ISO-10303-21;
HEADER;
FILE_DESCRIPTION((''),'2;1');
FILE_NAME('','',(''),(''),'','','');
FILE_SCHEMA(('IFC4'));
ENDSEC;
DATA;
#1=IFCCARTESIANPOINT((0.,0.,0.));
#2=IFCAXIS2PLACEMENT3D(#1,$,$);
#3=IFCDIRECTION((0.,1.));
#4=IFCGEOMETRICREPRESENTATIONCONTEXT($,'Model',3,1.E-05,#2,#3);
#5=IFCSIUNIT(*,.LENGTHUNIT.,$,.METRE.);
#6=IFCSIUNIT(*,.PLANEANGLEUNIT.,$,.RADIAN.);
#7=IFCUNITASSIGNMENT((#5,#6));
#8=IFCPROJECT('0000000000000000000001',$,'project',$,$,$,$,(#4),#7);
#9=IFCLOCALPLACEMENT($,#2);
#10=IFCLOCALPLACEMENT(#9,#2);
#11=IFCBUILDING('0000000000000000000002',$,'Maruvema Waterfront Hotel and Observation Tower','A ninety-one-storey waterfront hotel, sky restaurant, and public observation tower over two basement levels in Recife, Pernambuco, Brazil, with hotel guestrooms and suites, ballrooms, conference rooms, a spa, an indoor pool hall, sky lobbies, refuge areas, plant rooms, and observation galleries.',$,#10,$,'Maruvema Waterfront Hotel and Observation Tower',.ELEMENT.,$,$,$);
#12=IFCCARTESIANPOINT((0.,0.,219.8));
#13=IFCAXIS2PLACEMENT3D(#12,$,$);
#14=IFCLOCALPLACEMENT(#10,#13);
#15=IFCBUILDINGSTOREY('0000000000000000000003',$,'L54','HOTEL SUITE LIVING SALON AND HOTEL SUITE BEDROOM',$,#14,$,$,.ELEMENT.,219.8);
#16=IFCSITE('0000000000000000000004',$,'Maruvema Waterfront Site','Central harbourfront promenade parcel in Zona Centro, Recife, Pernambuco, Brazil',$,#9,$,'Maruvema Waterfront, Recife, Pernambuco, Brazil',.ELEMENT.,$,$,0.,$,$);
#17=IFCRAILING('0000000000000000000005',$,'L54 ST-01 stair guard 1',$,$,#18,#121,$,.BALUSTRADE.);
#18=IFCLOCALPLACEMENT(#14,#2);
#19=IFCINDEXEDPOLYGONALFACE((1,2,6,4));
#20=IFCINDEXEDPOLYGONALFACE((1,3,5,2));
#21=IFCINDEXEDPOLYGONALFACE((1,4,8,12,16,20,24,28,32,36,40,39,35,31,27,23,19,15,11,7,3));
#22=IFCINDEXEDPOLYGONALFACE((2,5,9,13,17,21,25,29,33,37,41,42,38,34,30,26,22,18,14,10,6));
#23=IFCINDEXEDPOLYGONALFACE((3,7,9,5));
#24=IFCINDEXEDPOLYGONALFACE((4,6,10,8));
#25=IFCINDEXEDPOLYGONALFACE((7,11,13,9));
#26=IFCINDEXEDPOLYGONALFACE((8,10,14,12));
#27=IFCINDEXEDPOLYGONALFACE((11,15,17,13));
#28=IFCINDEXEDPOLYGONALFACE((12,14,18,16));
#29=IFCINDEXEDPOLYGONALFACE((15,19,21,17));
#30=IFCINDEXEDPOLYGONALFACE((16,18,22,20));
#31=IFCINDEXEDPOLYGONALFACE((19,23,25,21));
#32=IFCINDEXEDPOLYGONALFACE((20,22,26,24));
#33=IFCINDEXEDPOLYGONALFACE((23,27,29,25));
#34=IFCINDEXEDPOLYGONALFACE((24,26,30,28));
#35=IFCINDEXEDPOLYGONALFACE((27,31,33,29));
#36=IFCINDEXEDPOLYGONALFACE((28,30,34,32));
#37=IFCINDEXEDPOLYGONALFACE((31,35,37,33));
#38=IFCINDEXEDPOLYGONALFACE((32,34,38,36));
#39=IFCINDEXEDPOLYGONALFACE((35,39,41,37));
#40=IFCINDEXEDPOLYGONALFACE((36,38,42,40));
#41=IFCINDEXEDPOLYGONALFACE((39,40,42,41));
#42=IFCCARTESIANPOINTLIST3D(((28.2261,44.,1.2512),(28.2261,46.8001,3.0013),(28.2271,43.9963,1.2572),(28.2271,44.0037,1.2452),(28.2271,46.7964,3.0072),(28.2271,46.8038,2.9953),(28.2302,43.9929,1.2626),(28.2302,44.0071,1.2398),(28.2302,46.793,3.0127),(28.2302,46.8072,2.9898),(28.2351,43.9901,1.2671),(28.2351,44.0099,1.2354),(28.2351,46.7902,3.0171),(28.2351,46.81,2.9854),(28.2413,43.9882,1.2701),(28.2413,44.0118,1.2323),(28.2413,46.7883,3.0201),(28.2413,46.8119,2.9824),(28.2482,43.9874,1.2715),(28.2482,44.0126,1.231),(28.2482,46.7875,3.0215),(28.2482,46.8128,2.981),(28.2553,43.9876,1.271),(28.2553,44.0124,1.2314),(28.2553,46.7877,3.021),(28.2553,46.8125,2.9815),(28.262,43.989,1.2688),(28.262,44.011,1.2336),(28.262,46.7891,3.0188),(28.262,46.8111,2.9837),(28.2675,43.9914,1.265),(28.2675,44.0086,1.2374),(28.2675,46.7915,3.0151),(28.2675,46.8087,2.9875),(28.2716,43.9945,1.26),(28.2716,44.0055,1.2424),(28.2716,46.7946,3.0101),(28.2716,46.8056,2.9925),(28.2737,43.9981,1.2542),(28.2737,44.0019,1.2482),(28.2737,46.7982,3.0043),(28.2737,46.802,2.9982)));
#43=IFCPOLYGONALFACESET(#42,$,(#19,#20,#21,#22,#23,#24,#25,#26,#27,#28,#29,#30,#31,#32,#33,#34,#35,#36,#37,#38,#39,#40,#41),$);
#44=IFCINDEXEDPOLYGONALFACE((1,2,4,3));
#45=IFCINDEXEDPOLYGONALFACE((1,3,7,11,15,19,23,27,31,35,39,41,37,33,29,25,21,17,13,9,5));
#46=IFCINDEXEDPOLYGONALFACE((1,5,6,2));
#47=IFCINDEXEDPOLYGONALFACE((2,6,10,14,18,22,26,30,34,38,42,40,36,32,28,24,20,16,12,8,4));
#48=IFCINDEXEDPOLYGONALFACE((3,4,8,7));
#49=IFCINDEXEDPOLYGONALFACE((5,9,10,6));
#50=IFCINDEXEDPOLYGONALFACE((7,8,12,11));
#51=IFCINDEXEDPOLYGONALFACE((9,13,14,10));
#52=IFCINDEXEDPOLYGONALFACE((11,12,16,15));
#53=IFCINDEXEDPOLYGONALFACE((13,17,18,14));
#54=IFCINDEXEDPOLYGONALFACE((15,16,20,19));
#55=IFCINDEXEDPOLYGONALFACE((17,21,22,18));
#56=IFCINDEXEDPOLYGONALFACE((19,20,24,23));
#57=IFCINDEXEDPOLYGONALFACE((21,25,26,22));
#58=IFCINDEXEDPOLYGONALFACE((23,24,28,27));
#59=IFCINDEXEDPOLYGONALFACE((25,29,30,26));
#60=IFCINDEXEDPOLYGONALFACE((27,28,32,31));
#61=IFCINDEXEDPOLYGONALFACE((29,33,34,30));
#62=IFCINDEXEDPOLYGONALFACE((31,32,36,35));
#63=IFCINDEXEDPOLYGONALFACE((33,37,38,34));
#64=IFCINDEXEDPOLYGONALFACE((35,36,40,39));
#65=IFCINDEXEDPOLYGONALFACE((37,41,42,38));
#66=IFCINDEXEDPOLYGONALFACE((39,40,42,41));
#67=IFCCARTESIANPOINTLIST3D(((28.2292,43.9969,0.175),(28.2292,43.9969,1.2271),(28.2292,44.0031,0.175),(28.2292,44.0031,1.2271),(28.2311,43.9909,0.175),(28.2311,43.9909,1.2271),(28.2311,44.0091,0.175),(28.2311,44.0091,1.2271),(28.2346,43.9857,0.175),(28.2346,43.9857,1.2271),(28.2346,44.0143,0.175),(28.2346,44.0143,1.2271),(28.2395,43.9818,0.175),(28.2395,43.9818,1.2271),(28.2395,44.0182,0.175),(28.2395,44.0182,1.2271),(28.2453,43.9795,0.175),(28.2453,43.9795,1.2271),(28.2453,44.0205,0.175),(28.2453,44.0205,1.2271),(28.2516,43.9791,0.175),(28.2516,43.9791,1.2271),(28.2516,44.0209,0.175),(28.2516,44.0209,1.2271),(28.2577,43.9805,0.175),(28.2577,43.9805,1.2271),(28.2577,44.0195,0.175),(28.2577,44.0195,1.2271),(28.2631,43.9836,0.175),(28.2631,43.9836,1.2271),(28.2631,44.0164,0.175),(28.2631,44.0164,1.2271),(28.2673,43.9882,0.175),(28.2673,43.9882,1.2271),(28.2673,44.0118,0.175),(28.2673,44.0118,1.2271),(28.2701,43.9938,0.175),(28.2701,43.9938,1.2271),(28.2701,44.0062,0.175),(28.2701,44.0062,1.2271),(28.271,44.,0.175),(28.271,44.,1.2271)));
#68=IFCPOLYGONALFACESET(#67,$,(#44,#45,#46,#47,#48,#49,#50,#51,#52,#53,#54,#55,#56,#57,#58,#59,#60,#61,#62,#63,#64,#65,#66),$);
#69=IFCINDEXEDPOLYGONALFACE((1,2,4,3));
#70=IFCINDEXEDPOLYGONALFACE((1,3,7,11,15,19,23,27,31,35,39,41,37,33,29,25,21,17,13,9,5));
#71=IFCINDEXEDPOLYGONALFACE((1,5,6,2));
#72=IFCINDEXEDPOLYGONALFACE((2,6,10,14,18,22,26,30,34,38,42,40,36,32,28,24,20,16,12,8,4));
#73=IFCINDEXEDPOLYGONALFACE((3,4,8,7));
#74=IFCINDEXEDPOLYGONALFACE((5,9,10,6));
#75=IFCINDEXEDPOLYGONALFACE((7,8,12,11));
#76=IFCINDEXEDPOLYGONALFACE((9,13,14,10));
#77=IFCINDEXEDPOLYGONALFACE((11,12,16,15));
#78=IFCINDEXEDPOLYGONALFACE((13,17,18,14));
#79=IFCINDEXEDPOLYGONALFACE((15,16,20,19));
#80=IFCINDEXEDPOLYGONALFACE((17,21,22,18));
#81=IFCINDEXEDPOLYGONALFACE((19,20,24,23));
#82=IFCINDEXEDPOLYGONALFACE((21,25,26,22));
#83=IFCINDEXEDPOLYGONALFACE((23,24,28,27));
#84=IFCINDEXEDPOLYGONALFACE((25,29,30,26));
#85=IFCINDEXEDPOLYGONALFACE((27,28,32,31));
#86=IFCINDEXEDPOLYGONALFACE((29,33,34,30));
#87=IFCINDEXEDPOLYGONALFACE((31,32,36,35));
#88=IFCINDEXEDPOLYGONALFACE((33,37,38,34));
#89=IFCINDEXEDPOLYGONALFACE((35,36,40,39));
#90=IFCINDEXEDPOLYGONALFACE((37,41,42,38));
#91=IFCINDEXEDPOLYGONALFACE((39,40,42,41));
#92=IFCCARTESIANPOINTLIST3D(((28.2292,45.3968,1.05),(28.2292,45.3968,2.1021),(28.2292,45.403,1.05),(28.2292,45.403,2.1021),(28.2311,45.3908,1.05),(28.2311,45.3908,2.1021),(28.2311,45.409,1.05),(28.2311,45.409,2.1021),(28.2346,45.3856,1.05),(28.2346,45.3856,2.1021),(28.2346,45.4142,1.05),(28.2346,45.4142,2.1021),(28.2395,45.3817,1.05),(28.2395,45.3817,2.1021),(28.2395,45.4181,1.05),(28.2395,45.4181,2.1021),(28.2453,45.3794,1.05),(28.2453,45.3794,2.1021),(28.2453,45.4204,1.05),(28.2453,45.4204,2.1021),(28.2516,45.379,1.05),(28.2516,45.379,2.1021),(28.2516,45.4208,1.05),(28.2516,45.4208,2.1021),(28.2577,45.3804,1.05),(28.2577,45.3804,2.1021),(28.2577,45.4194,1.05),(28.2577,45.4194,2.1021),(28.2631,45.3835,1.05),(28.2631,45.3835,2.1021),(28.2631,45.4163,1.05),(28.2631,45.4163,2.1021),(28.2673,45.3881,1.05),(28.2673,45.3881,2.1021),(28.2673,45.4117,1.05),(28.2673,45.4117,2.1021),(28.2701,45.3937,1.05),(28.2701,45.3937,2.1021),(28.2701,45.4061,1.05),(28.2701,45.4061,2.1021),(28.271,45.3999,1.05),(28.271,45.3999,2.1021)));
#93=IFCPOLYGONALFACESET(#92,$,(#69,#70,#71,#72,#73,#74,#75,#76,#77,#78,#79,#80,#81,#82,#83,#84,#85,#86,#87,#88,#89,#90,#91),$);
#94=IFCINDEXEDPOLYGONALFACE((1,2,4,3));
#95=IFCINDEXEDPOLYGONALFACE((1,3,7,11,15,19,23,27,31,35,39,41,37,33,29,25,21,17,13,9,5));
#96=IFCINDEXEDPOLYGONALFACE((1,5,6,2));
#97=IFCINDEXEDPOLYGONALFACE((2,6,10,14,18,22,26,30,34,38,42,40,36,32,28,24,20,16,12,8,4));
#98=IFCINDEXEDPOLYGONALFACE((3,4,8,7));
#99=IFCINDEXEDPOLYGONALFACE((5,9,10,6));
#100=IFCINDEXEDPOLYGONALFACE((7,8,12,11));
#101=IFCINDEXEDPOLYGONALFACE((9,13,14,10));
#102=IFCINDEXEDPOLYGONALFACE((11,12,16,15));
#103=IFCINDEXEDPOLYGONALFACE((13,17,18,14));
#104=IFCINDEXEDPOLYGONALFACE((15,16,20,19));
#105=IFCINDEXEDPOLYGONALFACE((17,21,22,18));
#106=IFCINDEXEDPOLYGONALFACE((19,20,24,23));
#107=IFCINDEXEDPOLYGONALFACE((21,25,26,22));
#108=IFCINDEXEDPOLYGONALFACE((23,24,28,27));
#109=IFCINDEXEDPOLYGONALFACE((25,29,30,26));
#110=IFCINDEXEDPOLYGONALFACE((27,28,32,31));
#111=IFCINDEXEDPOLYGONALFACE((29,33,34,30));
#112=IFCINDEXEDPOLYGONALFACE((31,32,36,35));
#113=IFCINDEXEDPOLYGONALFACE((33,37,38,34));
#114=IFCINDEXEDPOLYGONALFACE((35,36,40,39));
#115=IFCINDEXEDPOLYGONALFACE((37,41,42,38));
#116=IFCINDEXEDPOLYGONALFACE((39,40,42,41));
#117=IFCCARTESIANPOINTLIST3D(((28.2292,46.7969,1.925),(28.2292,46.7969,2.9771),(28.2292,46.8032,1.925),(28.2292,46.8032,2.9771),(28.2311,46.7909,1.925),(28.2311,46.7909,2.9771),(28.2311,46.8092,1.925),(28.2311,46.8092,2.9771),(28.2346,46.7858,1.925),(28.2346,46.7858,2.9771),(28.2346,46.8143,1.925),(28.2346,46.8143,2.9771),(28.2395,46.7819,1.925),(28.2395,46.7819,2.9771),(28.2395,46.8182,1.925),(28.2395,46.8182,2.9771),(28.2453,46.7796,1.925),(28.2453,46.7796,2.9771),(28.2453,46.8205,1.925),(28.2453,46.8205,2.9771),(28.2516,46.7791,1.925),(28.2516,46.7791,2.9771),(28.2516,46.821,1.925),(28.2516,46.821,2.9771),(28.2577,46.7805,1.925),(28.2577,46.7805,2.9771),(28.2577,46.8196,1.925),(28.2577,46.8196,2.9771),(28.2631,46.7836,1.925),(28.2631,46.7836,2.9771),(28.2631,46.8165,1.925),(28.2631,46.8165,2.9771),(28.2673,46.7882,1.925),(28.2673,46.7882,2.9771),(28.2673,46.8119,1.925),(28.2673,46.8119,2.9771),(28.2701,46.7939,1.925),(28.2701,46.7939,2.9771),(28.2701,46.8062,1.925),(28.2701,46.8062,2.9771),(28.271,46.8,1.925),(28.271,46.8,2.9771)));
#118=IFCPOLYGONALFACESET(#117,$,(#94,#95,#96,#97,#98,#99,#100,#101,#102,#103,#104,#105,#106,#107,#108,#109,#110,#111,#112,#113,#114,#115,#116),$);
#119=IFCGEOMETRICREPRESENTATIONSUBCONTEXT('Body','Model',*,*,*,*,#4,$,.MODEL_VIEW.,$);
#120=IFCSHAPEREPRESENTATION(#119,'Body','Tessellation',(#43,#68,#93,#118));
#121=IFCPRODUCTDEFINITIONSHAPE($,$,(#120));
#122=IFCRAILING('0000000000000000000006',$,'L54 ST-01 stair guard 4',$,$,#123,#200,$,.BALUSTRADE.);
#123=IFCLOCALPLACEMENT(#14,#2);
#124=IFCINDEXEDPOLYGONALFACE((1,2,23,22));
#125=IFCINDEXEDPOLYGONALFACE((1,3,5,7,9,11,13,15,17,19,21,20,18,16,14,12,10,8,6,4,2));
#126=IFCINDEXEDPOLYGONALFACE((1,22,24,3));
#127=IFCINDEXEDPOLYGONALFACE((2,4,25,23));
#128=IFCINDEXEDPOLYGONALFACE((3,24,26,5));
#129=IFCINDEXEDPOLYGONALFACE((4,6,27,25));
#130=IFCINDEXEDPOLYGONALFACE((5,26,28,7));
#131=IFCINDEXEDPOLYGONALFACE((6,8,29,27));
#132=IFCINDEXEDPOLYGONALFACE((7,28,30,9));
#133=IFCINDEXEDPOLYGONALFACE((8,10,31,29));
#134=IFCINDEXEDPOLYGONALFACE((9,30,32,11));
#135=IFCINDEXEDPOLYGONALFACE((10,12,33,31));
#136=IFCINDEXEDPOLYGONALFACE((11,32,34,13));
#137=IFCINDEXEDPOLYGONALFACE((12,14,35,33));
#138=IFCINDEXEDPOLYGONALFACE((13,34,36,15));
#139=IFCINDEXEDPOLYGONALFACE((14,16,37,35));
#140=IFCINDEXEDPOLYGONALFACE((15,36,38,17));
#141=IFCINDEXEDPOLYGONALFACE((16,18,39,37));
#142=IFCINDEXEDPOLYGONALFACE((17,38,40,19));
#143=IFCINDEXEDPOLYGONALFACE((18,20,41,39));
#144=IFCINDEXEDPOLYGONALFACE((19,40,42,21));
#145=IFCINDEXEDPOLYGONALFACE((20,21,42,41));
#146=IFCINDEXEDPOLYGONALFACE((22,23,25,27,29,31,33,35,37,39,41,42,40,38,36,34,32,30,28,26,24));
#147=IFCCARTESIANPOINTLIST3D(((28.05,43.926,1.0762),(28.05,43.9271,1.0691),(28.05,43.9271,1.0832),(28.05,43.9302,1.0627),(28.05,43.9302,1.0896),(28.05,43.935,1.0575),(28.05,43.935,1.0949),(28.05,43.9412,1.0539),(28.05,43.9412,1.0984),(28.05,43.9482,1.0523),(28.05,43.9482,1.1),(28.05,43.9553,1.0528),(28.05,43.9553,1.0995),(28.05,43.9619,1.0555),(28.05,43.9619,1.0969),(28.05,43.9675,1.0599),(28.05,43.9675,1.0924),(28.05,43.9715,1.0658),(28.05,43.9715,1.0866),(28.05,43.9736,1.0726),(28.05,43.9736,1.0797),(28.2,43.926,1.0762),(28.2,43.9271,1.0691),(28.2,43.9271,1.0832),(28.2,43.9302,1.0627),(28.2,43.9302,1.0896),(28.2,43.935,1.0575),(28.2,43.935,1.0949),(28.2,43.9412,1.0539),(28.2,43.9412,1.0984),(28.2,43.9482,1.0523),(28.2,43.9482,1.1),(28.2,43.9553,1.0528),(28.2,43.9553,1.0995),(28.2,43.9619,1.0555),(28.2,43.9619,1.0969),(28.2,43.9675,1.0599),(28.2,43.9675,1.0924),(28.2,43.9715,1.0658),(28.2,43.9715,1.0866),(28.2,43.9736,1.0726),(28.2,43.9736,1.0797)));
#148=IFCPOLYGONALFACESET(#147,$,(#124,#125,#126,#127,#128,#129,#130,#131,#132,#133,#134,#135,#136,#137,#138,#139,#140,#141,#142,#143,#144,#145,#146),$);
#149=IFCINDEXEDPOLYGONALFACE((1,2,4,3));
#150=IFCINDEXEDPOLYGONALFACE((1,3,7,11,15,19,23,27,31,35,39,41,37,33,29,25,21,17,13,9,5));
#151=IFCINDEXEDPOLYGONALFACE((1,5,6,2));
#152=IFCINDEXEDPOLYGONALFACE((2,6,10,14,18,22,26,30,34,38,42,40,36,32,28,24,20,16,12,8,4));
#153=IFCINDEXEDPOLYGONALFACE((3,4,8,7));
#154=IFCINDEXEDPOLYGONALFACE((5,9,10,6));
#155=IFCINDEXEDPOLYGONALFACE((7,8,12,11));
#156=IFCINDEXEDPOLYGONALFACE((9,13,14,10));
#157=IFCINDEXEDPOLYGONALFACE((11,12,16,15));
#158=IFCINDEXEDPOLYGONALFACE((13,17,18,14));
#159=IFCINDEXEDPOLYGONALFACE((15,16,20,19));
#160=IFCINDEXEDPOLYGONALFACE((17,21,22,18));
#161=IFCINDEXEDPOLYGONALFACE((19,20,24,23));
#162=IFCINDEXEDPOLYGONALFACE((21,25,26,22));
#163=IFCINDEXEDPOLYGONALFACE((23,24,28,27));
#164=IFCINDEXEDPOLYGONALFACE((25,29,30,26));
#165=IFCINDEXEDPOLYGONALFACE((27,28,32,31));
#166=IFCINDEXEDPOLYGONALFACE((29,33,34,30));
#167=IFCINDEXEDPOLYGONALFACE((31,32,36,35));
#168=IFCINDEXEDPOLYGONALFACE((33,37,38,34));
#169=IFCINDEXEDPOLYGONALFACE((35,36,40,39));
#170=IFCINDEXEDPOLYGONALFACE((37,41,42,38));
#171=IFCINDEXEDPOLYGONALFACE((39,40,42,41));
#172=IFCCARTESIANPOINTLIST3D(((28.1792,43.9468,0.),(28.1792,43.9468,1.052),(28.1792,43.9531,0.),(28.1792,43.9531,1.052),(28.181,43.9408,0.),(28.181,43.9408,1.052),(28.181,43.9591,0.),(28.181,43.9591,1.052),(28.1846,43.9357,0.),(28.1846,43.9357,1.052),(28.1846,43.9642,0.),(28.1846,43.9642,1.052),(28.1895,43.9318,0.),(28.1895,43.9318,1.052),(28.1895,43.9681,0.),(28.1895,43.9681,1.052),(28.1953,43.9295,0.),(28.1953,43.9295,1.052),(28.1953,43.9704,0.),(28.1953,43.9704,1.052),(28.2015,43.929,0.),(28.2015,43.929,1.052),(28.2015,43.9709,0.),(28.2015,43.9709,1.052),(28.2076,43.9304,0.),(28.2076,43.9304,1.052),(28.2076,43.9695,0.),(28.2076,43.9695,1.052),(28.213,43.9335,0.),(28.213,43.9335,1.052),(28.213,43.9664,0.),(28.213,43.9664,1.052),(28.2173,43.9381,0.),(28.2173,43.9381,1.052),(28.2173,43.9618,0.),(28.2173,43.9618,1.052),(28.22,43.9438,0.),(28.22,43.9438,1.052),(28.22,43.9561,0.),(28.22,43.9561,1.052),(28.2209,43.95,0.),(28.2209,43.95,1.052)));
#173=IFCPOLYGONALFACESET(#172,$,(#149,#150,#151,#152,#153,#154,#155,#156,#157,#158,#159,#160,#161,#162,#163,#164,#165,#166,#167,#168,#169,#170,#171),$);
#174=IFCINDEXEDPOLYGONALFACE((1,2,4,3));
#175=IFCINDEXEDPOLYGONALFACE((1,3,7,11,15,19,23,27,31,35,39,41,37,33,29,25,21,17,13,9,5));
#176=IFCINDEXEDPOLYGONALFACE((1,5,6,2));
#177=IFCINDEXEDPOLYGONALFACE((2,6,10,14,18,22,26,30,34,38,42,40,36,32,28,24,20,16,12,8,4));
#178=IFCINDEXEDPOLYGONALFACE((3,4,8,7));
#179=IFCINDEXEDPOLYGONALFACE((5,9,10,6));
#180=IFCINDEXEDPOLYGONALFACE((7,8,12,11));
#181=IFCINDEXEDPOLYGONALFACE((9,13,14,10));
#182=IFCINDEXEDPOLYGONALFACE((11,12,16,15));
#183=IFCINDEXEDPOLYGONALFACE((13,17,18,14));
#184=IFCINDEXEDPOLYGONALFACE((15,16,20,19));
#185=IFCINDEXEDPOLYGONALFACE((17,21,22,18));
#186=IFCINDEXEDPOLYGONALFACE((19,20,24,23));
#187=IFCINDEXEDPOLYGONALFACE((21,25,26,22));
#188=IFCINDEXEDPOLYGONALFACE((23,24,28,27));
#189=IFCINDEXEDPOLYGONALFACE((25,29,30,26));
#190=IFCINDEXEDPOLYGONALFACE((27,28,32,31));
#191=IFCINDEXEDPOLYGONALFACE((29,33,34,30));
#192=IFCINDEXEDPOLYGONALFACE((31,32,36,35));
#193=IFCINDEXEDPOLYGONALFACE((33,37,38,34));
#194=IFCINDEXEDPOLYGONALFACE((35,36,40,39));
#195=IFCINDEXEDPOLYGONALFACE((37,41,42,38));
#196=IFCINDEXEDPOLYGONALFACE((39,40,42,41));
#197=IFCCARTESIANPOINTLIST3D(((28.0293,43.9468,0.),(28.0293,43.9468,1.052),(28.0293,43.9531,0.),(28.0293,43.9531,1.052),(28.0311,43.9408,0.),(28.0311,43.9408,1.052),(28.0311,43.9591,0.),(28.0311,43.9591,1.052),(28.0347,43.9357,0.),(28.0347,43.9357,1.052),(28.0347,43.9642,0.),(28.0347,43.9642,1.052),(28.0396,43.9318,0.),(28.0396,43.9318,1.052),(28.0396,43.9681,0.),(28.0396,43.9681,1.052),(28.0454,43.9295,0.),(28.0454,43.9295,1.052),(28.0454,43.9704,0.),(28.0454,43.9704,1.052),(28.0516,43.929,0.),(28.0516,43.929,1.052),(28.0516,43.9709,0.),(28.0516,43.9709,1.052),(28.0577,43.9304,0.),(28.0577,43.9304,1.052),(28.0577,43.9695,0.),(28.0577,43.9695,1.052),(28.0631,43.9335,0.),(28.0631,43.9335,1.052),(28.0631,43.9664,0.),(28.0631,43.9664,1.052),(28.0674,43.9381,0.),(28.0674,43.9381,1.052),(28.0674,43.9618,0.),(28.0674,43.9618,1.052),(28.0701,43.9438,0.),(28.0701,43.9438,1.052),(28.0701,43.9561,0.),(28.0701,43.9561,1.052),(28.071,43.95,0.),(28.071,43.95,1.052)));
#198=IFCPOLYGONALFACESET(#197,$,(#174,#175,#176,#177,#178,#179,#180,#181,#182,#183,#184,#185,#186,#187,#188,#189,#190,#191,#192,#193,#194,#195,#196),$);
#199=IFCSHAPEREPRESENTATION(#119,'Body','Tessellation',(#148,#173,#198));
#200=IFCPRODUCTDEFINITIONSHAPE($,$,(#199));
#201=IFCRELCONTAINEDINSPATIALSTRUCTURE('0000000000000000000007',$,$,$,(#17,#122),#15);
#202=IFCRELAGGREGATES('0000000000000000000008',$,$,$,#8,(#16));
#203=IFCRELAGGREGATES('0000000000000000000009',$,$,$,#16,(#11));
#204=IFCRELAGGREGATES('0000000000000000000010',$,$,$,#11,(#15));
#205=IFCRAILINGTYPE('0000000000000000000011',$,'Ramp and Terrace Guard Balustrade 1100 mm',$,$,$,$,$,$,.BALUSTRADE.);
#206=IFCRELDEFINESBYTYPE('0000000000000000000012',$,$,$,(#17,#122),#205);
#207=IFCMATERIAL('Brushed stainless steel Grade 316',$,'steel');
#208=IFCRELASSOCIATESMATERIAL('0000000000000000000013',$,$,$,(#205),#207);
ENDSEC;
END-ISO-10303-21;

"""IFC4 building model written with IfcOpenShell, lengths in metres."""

from ifc_helpers import new_model, si_unit, direction, frame, origin, origin_2d, place, context, subcontext, project, spatial, circle, extrude, material, type_object, element, save


model = new_model("IFC4")

# Units and contexts
model_context = context("Model", 3, precision=1e-05, world=origin(), true_north=direction((0.0, 1.0)))
body_context = subcontext(model_context, "Body", "Model", "MODEL_VIEW")
ifc_project = project(units=[si_unit("LENGTHUNIT", "METRE"), si_unit("PLANEANGLEUNIT", "RADIAN")], contexts=[model_context])

# Site, building, storey
site_placement = place(None, origin())
site = spatial("IfcSite", under=ifc_project, at=site_placement, Name="Maruvema Waterfront Site", Description="Central harbourfront promenade parcel in Zona Centro, Recife, Pernambuco, Brazil", LongName="Maruvema Waterfront, Recife, Pernambuco, Brazil", CompositionType="ELEMENT", RefElevation=0.0)
building_placement = place(site_placement, origin())
building = spatial("IfcBuilding", under=site, at=building_placement, Name="Maruvema Waterfront Hotel and Observation Tower", Description="A ninety-one-storey waterfront hotel, sky restaurant, and public observation tower over two basement levels in Recife, Pernambuco, Brazil, with hotel guestrooms and suites, ballrooms, conference rooms, a spa, an indoor pool hall, sky lobbies, refuge areas, plant rooms, and observation galleries.", LongName="Maruvema Waterfront Hotel and Observation Tower", CompositionType="ELEMENT")
storey_placement = place(building_placement, frame((0.0, 0.0, 219.8)))
storey = spatial("IfcBuildingStorey", under=building, at=storey_placement, Name="L54", Description="HOTEL SUITE LIVING SALON AND HOTEL SUITE BEDROOM", CompositionType="ELEMENT", Elevation=219.8)

# Railings
ifc_material_1 = material(Name="Brushed stainless steel Grade 316", Category="steel")
railing_type_1 = type_object("IfcRailingType", Name="Ramp and Terrace Guard Balustrade 1100 mm", PredefinedType="BALUSTRADE", material=ifc_material_1)
railing_1_placement = place(storey_placement, frame((28.25, 44.0, 0.175)))
element("IfcRailing", 1, at=railing_1_placement, inside=storey, type_object=railing_type_1, Name="L54 ST-01 stair guard 1", PredefinedType="BALUSTRADE", context=body_context, shape_type="SweptSolid", body=[
    extrude(circle(Radius=0.0239, at=origin_2d()), frame((0.0, 0.0, 1.0762), z_axis=(0.0, 0.848002, 0.529992), x_axis=(-1.0, 0.0, 0.0)), (0.0, 0.0, 1.0), 3.302),
    extrude(circle(Radius=0.021, at=origin_2d()), origin(), (0.0, 0.0, 1.0), 1.052),
    extrude(circle(Radius=0.021, at=origin_2d()), frame((0.0, 1.3999, 0.875)), (0.0, 0.0, 1.0), 1.052),
    extrude(circle(Radius=0.021, at=origin_2d()), frame((0.0, 2.8, 1.75)), (0.0, 0.0, 1.0), 1.052),
])
railing_2_placement = place(storey_placement, frame((28.2, 43.95, 0.0)))
element("IfcRailing", 2, at=railing_2_placement, inside=storey, type_object=railing_type_1, Name="L54 ST-01 stair guard 4", PredefinedType="BALUSTRADE", context=body_context, shape_type="SweptSolid", body=[
    extrude(circle(Radius=0.0239, at=origin_2d()), frame((0.0, 0.0, 1.0762), z_axis=(-1.0, 0.0, 0.0), x_axis=(0.0, -1.0, 0.0)), (0.0, 0.0, 1.0), 0.1499),
    extrude(circle(Radius=0.021, at=origin_2d()), origin(), (0.0, 0.0, 1.0), 1.052),
    extrude(circle(Radius=0.021, at=origin_2d()), frame((-0.1499, 0.0, 0.0)), (0.0, 0.0, 1.0), 1.052),
])

save(model, "model.ifc")
